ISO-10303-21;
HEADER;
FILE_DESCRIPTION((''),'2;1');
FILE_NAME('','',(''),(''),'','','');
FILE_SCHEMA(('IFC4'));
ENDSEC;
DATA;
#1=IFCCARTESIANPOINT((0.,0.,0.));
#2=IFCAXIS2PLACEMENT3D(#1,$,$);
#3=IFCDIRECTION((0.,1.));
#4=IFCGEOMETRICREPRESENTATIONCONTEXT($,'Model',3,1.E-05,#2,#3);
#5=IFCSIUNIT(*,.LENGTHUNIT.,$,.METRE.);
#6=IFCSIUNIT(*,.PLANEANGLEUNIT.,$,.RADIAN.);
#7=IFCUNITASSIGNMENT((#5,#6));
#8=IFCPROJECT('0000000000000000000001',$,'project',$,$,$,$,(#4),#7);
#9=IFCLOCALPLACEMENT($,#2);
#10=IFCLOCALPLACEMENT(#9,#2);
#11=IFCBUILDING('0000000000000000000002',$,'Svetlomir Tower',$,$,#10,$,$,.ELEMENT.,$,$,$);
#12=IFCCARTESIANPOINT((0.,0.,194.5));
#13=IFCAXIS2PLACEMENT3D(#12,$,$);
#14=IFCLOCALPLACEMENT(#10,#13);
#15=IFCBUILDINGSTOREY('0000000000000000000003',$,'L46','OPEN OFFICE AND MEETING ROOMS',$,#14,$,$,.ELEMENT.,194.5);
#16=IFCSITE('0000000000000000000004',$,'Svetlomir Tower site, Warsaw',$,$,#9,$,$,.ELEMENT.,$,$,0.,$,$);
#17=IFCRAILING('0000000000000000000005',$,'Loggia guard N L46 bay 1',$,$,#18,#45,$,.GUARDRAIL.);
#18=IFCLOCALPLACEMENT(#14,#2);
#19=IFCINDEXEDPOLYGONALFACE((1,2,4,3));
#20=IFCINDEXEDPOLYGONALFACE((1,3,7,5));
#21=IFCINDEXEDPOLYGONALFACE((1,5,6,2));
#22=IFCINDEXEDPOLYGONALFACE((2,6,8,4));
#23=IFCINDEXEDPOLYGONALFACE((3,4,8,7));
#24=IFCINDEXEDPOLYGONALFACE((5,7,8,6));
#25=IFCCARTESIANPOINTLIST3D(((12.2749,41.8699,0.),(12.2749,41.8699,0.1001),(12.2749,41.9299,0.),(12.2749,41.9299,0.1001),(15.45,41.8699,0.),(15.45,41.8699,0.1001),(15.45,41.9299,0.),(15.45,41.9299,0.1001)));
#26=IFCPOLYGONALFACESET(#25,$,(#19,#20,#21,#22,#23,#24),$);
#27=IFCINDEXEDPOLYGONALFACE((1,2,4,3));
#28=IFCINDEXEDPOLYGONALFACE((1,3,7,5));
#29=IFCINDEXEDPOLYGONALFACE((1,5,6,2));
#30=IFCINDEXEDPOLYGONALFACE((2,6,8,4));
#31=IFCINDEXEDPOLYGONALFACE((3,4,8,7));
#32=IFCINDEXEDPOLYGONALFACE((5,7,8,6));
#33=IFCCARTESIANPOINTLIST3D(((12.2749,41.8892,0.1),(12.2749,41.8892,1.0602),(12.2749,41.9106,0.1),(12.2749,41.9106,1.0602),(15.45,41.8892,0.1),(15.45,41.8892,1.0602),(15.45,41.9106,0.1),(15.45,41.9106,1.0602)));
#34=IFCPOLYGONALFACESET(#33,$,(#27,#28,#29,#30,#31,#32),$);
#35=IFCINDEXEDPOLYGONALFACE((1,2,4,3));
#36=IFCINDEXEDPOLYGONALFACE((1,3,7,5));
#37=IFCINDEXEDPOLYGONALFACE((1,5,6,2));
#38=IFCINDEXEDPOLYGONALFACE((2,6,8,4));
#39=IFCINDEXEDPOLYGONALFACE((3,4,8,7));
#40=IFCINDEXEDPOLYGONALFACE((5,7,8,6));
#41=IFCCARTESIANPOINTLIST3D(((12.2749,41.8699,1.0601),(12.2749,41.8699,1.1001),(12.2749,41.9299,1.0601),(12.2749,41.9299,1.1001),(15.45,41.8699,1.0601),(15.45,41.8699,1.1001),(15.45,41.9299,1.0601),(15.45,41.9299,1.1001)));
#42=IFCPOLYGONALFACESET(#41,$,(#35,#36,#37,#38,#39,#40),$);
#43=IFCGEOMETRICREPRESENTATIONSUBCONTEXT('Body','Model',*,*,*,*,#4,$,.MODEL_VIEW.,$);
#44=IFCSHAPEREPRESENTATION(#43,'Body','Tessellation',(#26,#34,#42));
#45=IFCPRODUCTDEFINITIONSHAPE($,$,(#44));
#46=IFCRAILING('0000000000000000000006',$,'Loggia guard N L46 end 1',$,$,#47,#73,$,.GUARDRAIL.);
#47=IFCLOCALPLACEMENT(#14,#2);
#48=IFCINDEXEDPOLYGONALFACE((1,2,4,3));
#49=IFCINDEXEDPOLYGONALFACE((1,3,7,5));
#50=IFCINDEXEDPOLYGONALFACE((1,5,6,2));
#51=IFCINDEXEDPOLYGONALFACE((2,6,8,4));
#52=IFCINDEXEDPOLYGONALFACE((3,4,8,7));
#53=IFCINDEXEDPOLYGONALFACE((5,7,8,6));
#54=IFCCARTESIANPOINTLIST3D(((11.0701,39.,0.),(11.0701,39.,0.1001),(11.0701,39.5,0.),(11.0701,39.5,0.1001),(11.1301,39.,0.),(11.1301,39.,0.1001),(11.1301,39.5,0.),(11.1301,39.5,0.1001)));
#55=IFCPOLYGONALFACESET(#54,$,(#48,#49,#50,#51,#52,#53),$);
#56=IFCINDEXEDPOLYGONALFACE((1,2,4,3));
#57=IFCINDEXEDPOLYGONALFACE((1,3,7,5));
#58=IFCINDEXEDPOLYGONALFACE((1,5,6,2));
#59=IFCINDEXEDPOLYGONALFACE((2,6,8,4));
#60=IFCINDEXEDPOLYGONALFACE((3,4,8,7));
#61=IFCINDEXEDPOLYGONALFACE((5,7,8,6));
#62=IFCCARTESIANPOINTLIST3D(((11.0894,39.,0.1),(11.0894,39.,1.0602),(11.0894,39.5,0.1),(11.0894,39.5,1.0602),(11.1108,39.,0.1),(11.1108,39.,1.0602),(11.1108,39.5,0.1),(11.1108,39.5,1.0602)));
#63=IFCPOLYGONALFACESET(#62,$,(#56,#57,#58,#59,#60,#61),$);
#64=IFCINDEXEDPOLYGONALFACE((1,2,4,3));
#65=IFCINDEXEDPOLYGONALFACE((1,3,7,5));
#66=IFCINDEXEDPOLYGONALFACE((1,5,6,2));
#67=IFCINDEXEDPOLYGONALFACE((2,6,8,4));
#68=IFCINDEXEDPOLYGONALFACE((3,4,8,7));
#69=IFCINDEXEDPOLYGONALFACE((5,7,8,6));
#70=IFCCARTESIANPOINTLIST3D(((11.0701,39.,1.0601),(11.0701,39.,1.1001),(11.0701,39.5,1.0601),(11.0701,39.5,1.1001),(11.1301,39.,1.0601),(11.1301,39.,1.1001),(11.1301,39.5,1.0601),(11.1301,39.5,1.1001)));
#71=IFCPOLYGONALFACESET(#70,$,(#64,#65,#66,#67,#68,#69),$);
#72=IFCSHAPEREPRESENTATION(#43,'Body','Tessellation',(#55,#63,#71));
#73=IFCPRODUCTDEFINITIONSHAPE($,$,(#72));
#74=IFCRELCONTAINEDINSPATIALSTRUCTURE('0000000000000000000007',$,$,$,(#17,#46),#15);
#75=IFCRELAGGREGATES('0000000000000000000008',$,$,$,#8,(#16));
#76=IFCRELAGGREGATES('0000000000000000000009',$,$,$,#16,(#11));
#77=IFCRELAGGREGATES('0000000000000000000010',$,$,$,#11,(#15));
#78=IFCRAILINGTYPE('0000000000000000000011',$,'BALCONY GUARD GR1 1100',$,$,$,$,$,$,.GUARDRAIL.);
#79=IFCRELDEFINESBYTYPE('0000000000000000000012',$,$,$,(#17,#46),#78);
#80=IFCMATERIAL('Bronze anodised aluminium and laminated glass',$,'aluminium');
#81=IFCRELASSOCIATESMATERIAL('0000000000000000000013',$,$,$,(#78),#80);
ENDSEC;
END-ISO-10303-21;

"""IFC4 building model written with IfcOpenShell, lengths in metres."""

from ifc_helpers import new_model, si_unit, direction, frame, origin, origin_2d, place, context, subcontext, project, spatial, rectangle, extrude, material, type_object, element, save


model = new_model("IFC4")

# Units and contexts
model_context = context("Model", 3, precision=1e-05, world=origin(), true_north=direction((0.0, 1.0)))
body_context = subcontext(model_context, "Body", "Model", "MODEL_VIEW")
ifc_project = project(units=[si_unit("LENGTHUNIT", "METRE"), si_unit("PLANEANGLEUNIT", "RADIAN")], contexts=[model_context])

# Site, building, storey
site_placement = place(None, origin())
site = spatial("IfcSite", under=ifc_project, at=site_placement, Name="Svetlomir Tower site, Warsaw", CompositionType="ELEMENT", RefElevation=0.0)
building_placement = place(site_placement, origin())
building = spatial("IfcBuilding", under=site, at=building_placement, Name="Svetlomir Tower", CompositionType="ELEMENT")
storey_placement = place(building_placement, frame((0.0, 0.0, 194.5)))
storey = spatial("IfcBuildingStorey", under=building, at=storey_placement, Name="L46", Description="OPEN OFFICE AND MEETING ROOMS", CompositionType="ELEMENT", Elevation=194.5)

# Railings
ifc_material_1 = material(Name="Bronze anodised aluminium and laminated glass", Category="aluminium")
railing_type = type_object("IfcRailingType", Name="BALCONY GUARD GR1 1100", PredefinedType="GUARDRAIL", material=ifc_material_1)
railing_1_placement = place(storey_placement, frame((12.2749, 41.8999, 0.0)))
element("IfcRailing", 1, at=railing_1_placement, inside=storey, type_object=railing_type, Name="Loggia guard N L46 bay 1", PredefinedType="GUARDRAIL", context=body_context, shape_type="SweptSolid", body=[
    extrude(rectangle(XDim=0.0601, YDim=0.1001, at=origin_2d()), frame((0.0, 0.0, 0.05), z_axis=(1.0, 0.0, 0.0), x_axis=(0.0, 1.0, 0.0)), (0.0, 0.0, 1.0), 3.175),
    extrude(rectangle(XDim=0.0215, YDim=0.9602, at=origin_2d()), frame((0.0, 0.0, 0.5801), z_axis=(1.0, 0.0, 0.0), x_axis=(0.0, 1.0, 0.0)), (0.0, 0.0, 1.0), 3.175),
    extrude(rectangle(XDim=0.0601, YDim=0.04, at=origin_2d()), frame((0.0, 0.0, 1.0801), z_axis=(1.0, 0.0, 0.0), x_axis=(0.0, 1.0, 0.0)), (0.0, 0.0, 1.0), 3.175),
])
railing_2_placement = place(storey_placement, frame((11.1001, 39.5, 0.0)))
element("IfcRailing", 2, at=railing_2_placement, inside=storey, type_object=railing_type, Name="Loggia guard N L46 end 1", PredefinedType="GUARDRAIL", context=body_context, shape_type="SweptSolid", body=[
    extrude(rectangle(XDim=0.0601, YDim=0.1001, at=origin_2d()), frame((0.0, 0.0, 0.05), z_axis=(0.0, -1.0, 0.0), x_axis=(1.0, 0.0, 0.0)), (0.0, 0.0, 1.0), 0.5),
    extrude(rectangle(XDim=0.0215, YDim=0.9602, at=origin_2d()), frame((0.0, 0.0, 0.5801), z_axis=(0.0, -1.0, 0.0), x_axis=(1.0, 0.0, 0.0)), (0.0, 0.0, 1.0), 0.5),
    extrude(rectangle(XDim=0.0601, YDim=0.04, at=origin_2d()), frame((0.0, 0.0, 1.0801), z_axis=(0.0, -1.0, 0.0), x_axis=(1.0, 0.0, 0.0)), (0.0, 0.0, 1.0), 0.5),
])

save(model, "model.ifc")
